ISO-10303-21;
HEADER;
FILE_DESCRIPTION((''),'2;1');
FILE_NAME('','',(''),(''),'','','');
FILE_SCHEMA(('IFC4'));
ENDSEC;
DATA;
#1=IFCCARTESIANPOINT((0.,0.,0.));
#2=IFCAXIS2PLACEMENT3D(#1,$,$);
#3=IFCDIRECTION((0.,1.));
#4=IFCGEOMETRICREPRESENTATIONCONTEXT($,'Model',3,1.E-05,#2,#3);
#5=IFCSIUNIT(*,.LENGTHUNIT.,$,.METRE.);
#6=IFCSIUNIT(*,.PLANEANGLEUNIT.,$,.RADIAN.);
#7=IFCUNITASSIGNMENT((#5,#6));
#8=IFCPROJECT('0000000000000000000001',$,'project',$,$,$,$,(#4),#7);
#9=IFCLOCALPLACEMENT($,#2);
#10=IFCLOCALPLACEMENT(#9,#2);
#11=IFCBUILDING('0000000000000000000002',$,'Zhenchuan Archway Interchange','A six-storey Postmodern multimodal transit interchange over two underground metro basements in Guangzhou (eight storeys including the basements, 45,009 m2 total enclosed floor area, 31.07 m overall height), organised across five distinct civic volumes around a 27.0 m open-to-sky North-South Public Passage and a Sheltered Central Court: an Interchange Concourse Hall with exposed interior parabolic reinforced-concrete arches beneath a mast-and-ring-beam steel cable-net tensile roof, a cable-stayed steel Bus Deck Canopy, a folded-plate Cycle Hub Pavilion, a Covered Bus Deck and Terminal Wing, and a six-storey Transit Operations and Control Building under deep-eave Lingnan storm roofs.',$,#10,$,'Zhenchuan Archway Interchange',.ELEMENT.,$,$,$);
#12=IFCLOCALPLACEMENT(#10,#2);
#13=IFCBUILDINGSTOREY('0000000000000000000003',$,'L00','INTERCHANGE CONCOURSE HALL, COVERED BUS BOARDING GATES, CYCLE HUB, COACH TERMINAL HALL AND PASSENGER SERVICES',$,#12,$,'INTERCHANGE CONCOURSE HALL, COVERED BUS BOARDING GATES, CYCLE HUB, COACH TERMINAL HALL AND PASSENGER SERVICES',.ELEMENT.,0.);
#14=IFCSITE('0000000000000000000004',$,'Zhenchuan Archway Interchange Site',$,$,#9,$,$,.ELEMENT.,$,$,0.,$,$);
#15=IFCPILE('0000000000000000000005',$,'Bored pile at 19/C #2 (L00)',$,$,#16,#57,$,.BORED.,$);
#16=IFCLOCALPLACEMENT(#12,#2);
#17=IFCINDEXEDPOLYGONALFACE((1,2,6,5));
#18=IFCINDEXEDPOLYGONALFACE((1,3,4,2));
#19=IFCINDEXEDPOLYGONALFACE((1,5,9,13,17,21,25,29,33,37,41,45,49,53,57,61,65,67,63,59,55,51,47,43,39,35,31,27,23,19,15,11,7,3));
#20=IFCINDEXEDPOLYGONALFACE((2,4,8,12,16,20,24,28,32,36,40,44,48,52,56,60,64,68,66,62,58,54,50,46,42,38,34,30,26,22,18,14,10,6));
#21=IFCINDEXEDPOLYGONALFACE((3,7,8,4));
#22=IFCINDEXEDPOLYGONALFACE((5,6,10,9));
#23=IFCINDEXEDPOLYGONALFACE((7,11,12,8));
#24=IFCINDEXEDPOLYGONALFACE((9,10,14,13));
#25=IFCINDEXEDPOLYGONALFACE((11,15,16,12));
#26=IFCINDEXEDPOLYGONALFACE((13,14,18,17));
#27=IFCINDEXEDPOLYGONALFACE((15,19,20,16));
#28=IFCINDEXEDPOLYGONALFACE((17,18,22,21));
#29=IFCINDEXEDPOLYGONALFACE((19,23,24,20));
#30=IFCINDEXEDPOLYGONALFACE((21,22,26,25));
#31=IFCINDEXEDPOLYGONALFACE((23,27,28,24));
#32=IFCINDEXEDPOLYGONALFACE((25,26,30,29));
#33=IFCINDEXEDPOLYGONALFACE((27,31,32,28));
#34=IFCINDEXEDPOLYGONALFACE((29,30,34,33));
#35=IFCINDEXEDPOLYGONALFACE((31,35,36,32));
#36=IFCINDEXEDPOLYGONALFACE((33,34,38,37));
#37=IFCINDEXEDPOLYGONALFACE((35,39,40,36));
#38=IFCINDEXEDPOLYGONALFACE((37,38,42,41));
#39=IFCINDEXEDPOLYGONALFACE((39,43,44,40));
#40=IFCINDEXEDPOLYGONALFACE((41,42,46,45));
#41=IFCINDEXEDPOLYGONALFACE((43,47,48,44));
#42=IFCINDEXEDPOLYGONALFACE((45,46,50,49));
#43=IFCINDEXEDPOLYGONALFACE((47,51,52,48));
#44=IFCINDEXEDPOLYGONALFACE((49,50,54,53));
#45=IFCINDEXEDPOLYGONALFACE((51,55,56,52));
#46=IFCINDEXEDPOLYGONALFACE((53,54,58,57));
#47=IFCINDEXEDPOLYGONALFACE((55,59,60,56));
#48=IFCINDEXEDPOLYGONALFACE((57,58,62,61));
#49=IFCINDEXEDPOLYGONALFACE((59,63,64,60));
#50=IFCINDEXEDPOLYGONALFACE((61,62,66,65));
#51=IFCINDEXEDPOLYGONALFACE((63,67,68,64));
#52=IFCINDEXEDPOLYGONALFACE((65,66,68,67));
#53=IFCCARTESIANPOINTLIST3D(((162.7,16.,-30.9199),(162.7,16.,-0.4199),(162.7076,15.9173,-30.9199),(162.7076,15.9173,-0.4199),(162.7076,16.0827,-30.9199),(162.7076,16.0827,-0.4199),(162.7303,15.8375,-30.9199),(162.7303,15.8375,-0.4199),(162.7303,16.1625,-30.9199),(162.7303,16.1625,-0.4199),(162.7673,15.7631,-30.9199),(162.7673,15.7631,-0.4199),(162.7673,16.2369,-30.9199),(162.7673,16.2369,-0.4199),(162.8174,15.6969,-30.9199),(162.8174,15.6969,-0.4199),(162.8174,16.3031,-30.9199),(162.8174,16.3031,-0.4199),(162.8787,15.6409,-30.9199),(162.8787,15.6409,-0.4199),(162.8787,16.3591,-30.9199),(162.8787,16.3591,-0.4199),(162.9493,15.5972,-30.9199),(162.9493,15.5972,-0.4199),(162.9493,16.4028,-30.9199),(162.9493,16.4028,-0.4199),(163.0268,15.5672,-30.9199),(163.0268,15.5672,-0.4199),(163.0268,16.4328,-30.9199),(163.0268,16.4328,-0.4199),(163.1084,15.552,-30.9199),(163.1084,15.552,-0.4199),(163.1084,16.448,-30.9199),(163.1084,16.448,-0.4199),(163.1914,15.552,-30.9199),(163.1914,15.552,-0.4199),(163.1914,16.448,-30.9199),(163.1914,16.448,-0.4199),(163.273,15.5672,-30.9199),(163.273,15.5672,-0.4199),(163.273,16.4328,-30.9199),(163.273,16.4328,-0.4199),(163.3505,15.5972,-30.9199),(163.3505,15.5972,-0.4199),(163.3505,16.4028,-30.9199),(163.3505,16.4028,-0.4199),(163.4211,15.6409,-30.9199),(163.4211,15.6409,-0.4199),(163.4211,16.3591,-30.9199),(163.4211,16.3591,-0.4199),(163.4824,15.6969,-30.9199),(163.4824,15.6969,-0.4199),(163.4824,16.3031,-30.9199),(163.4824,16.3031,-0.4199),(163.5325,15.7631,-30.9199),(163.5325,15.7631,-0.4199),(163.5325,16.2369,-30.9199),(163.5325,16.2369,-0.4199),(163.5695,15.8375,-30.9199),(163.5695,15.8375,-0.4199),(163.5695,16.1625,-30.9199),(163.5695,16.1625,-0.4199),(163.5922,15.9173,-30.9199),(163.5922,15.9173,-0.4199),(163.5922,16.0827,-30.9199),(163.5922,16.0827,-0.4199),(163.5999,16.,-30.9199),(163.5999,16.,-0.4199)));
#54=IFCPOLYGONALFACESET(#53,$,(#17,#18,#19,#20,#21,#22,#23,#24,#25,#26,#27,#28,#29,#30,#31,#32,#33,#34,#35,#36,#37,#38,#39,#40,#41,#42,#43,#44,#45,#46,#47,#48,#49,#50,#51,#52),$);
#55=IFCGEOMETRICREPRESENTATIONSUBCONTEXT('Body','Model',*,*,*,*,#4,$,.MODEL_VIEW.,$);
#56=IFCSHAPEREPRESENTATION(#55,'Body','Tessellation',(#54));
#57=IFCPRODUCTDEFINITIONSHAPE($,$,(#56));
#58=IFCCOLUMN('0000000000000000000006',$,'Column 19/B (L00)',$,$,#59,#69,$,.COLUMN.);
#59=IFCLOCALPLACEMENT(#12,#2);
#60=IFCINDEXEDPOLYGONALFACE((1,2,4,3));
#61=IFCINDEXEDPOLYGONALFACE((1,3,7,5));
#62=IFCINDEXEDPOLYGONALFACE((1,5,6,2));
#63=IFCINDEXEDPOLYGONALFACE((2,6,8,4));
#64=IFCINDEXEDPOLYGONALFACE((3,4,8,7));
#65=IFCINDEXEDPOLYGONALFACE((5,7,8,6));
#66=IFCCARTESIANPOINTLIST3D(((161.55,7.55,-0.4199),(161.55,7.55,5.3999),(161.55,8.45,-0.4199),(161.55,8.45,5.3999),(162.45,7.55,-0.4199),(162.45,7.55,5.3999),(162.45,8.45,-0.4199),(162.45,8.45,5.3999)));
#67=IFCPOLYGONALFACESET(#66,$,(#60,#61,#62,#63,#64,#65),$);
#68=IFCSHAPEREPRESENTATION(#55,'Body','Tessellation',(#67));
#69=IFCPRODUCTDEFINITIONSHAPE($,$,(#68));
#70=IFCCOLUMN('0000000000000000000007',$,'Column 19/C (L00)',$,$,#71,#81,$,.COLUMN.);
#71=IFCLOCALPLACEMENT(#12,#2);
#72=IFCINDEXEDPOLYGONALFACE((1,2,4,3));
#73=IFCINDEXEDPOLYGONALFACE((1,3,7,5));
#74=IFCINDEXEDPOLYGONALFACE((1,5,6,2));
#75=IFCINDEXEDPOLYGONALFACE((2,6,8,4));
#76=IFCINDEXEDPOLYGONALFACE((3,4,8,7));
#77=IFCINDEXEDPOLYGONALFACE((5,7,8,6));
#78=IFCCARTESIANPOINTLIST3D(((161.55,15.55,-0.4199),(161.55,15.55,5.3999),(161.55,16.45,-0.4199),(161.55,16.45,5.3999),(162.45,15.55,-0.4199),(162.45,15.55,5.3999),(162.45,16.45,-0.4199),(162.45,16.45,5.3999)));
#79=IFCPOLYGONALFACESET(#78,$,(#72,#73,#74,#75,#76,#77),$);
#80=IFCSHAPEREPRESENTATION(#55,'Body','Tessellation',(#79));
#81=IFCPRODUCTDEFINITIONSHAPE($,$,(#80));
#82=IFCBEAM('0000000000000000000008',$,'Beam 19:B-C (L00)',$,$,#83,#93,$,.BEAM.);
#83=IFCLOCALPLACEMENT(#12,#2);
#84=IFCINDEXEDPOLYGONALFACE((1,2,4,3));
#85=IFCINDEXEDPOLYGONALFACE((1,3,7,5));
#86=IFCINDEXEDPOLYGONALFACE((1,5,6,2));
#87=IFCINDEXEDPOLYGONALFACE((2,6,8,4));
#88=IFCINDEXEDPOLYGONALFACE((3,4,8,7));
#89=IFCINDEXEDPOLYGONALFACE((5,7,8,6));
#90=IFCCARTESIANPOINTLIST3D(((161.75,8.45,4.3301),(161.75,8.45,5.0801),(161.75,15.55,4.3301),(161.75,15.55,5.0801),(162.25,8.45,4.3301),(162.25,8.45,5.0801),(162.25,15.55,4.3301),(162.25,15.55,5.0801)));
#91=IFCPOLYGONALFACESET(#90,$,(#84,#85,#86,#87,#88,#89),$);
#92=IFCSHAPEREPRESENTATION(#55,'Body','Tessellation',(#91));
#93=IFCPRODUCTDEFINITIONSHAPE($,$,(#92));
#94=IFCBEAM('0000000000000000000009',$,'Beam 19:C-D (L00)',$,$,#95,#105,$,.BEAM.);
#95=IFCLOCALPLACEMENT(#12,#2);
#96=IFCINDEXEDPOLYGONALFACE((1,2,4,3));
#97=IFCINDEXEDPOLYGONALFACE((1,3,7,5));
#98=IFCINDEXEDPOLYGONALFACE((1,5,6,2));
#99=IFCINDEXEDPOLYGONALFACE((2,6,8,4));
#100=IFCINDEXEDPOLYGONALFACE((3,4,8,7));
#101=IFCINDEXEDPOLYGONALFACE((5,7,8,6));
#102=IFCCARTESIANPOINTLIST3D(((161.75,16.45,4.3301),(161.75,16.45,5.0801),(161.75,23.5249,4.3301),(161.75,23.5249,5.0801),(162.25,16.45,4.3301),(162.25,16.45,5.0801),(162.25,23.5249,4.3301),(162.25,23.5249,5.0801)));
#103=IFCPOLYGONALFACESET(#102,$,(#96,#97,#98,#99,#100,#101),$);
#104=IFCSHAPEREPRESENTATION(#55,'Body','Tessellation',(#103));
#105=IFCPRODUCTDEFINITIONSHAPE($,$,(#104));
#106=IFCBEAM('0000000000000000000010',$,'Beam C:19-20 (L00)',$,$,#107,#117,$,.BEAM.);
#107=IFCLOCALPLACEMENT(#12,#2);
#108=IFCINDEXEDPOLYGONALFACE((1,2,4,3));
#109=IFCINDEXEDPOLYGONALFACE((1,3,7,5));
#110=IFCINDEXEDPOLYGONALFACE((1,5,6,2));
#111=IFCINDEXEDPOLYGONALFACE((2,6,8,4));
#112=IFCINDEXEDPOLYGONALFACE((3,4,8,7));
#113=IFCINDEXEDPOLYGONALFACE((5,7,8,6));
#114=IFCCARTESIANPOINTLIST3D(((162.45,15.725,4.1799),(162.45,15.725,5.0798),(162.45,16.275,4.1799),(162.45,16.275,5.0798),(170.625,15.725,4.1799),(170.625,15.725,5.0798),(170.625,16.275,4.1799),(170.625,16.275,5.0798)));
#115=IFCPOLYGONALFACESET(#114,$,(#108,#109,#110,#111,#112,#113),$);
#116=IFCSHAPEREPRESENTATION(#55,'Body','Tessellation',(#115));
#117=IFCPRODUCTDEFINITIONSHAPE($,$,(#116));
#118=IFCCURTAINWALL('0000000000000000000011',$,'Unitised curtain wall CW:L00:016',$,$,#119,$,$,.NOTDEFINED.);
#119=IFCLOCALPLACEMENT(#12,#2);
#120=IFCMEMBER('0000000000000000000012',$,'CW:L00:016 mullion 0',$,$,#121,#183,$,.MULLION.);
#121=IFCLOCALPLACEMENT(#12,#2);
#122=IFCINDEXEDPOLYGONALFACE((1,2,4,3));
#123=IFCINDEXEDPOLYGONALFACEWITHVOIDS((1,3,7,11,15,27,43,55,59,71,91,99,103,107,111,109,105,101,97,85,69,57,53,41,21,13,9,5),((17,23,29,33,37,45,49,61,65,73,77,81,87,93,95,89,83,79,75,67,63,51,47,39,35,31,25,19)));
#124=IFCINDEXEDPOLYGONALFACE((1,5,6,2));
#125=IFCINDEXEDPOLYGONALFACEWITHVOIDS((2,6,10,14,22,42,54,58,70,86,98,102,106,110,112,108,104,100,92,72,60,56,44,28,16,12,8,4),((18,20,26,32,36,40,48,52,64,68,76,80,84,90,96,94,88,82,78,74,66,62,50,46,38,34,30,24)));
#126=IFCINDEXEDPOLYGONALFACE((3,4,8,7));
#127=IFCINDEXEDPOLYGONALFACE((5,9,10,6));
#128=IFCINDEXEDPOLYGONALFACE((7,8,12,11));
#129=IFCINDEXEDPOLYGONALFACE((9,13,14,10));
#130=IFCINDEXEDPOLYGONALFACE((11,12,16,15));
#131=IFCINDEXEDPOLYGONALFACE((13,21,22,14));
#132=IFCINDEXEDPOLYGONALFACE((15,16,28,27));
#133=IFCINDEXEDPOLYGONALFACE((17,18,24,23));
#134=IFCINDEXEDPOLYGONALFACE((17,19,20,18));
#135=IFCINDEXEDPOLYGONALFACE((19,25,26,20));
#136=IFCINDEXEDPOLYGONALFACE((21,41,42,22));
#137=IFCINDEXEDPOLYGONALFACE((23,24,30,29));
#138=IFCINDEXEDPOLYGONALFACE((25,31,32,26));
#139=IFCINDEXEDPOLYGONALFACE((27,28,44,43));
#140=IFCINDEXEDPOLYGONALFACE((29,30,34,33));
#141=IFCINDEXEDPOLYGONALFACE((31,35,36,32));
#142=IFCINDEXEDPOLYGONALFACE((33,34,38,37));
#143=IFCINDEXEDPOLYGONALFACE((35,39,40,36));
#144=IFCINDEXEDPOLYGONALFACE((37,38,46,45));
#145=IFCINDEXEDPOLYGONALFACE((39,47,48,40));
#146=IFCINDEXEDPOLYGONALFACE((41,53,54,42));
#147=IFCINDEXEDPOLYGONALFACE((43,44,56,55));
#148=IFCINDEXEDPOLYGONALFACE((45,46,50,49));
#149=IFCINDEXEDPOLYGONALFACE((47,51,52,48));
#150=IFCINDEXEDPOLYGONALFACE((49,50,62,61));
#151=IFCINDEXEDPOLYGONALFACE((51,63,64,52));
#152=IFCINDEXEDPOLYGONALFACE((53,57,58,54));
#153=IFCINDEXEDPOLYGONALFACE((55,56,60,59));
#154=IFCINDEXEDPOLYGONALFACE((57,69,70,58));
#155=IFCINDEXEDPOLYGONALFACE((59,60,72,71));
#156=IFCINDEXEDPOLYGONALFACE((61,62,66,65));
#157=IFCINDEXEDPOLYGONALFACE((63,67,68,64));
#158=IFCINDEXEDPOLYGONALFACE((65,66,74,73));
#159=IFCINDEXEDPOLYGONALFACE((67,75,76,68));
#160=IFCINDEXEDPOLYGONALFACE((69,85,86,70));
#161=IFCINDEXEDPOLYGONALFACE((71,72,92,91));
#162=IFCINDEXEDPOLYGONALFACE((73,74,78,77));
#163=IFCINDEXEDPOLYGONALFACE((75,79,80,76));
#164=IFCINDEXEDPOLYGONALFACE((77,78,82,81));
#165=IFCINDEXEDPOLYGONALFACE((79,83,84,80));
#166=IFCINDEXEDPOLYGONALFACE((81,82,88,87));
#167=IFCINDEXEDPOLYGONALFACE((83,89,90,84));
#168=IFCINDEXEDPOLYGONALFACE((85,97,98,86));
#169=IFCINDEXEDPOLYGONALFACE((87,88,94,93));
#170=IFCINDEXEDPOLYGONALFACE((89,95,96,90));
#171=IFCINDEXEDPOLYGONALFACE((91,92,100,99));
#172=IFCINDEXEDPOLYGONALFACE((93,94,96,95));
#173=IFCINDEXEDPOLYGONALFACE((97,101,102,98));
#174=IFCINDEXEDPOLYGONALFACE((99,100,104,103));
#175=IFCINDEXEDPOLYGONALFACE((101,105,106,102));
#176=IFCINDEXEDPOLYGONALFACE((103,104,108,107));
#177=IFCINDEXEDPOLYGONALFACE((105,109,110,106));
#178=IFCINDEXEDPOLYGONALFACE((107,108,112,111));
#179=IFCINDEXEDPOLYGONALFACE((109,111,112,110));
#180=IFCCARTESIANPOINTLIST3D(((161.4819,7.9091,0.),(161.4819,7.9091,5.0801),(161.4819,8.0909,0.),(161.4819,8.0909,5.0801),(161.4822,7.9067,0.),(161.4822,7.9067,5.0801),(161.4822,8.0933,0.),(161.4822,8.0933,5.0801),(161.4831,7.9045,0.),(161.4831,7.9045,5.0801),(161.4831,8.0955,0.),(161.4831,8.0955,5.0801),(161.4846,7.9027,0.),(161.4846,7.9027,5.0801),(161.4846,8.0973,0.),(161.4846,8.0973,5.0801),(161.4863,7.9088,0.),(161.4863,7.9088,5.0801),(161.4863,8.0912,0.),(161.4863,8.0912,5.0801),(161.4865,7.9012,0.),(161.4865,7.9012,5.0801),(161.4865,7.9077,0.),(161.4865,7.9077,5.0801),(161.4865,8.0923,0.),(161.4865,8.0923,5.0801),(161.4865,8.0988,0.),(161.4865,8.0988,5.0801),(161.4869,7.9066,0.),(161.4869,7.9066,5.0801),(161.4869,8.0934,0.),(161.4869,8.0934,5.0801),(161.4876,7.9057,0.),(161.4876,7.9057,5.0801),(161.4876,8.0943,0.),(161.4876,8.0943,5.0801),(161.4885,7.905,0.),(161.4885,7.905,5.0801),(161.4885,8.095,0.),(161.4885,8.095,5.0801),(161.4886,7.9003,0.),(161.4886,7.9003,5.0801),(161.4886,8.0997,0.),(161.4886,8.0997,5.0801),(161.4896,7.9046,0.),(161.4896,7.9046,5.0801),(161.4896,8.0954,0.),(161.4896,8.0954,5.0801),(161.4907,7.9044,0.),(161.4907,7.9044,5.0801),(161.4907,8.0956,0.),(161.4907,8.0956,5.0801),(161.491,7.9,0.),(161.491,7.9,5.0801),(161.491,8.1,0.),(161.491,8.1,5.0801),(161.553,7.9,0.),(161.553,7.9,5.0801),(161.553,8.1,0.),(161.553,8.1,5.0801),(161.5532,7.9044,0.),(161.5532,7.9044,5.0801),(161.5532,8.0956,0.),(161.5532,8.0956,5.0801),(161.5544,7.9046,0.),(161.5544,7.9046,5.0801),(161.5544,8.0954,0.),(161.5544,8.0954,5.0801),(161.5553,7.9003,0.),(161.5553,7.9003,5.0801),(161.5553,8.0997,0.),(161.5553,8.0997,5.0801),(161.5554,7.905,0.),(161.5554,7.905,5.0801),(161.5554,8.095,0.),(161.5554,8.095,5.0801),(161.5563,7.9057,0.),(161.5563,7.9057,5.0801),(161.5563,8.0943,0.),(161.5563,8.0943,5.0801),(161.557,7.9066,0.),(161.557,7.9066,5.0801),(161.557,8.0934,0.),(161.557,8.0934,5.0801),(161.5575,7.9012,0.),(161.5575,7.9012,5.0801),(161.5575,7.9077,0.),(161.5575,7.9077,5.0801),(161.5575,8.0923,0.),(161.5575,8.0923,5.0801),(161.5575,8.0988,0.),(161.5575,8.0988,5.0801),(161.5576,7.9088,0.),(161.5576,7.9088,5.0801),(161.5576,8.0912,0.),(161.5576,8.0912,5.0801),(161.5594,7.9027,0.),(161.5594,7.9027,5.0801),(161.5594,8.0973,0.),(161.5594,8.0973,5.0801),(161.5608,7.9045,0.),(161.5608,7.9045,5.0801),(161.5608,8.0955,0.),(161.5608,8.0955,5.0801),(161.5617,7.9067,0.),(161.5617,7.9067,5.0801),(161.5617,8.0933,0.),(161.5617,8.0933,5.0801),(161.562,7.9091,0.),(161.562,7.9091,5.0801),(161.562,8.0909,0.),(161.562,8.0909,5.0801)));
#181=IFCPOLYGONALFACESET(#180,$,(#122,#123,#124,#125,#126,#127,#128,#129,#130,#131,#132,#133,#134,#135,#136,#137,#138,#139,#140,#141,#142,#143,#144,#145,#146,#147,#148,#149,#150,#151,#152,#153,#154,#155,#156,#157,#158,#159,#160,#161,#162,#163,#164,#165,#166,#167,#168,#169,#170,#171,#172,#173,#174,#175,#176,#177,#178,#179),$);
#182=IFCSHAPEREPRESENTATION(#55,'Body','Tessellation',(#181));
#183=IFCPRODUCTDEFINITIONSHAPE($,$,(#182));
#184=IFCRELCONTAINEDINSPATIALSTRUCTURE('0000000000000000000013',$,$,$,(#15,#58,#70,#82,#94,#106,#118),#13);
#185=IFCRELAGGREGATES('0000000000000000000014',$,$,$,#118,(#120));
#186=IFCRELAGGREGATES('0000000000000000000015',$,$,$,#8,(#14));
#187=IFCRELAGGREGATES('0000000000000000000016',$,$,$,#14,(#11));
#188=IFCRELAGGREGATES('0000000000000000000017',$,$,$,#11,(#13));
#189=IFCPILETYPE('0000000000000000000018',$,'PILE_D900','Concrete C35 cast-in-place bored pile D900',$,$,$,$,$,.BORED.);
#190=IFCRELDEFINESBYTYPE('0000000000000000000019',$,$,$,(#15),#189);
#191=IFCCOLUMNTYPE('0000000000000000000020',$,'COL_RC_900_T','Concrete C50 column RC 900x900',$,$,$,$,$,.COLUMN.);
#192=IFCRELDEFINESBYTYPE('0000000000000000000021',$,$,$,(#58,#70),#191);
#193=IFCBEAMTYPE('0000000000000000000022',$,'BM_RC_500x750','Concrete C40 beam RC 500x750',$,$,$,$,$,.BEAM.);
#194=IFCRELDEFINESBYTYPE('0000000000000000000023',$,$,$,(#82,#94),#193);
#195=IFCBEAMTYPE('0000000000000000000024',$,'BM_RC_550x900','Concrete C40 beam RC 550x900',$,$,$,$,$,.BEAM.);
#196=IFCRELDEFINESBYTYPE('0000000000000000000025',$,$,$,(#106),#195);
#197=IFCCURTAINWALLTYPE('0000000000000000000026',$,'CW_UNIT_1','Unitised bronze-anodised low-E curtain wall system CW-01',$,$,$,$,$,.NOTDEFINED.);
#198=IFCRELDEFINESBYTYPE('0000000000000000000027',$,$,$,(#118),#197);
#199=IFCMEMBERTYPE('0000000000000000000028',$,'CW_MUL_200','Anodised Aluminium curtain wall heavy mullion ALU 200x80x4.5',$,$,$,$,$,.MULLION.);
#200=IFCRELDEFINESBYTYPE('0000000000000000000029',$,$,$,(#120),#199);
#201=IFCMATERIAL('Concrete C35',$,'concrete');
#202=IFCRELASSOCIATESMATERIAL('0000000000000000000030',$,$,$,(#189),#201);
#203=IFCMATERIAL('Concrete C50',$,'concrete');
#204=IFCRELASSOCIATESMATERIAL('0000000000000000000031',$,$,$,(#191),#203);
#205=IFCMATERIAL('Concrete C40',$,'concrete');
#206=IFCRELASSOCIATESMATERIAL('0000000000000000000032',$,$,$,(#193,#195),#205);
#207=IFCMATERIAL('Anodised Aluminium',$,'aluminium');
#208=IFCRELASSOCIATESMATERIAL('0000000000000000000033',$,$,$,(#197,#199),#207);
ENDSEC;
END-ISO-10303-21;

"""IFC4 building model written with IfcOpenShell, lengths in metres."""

from ifc_helpers import new_model, si_unit, direction, frame, origin, origin_2d, place, context, subcontext, project, spatial, rectangle, hollow_rectangle, circle, extrude, material, material_profile, profile_set, type_object, element, aggregate, save


model = new_model("IFC4")

# Units and contexts
model_context = context("Model", 3, precision=1e-05, world=origin(), true_north=direction((0.0, 1.0)))
body_context = subcontext(model_context, "Body", "Model", "MODEL_VIEW")
ifc_project = project(units=[si_unit("LENGTHUNIT", "METRE"), si_unit("PLANEANGLEUNIT", "RADIAN")], contexts=[model_context])

# Site, building, storey
site_placement = place(None, origin())
site = spatial("IfcSite", under=ifc_project, at=site_placement, Name="Zhenchuan Archway Interchange Site", CompositionType="ELEMENT", RefElevation=0.0)
building_placement = place(site_placement, origin())
building = spatial("IfcBuilding", under=site, at=building_placement, Name="Zhenchuan Archway Interchange", Description="A six-storey Postmodern multimodal transit interchange over two underground metro basements in Guangzhou (eight storeys including the basements, 45,009 m2 total enclosed floor area, 31.07 m overall height), organised across five distinct civic volumes around a 27.0 m open-to-sky North-South Public Passage and a Sheltered Central Court: an Interchange Concourse Hall with exposed interior parabolic reinforced-concrete arches beneath a mast-and-ring-beam steel cable-net tensile roof, a cable-stayed steel Bus Deck Canopy, a folded-plate Cycle Hub Pavilion, a Covered Bus Deck and Terminal Wing, and a six-storey Transit Operations and Control Building under deep-eave Lingnan storm roofs.", LongName="Zhenchuan Archway Interchange", CompositionType="ELEMENT")
storey_placement = place(building_placement, origin())
storey = spatial("IfcBuildingStorey", under=building, at=storey_placement, Name="L00", Description="INTERCHANGE CONCOURSE HALL, COVERED BUS BOARDING GATES, CYCLE HUB, COACH TERMINAL HALL AND PASSENGER SERVICES", LongName="INTERCHANGE CONCOURSE HALL, COVERED BUS BOARDING GATES, CYCLE HUB, COACH TERMINAL HALL AND PASSENGER SERVICES", CompositionType="ELEMENT", Elevation=0.0)

# Shared definitions
ifc_material_1 = material(Name="Concrete C40", Category="concrete")

# Pile
ifc_material_2 = material(Name="Concrete C35", Category="concrete")
ifc_material_profile_1 = material_profile(ifc_material_2, circle(Radius=0.45, at=origin_2d()), Name="BORED PILE 900")
ifc_profile_set_1 = profile_set([ifc_material_profile_1], Name="Concrete C35")
pile_type = type_object("IfcPileType", Name="PILE_D900", Description="Concrete C35 cast-in-place bored pile D900", PredefinedType="BORED", material=ifc_profile_set_1)
for number, where, z_axis, x_axis, name in (
    (1, (163.1499, 16.0, -0.4199), (0.0, 0.0, -1.0), (1.0, 0.0, 0.0), "Bored pile at 19/C #2 (L00)"),
):
    element("IfcPile", number, at=place(storey_placement, frame(where, z_axis=z_axis, x_axis=x_axis)), inside=storey, type_object=pile_type, Name=name, PredefinedType="BORED", context=body_context, shape_type="SweptSolid", body=[
        extrude(circle(Radius=0.45, at=origin_2d()), origin(), (0.0, 0.0, 1.0), 30.5),
    ])

# Columns
ifc_material_3 = material(Name="Concrete C50", Category="concrete")
ifc_material_profile_2 = material_profile(ifc_material_3, rectangle(XDim=0.8999, YDim=0.8999, at=origin_2d()), Name="RC 900x900")
ifc_profile_set_2 = profile_set([ifc_material_profile_2], Name="Concrete C50")
column_type = type_object("IfcColumnType", Name="COL_RC_900_T", Description="Concrete C50 column RC 900x900", PredefinedType="COLUMN", material=ifc_profile_set_2)
for number, where, z_axis, x_axis, name in (
    (2, (162.0, 8.0, -0.4199), (0.0, 0.0, 1.0), (1.0, 0.0, 0.0), "Column 19/B (L00)"),
    (3, (162.0, 16.0, -0.4199), (0.0, 0.0, 1.0), (1.0, 0.0, 0.0), "Column 19/C (L00)"),
):
    element("IfcColumn", number, at=place(storey_placement, frame(where, z_axis=z_axis, x_axis=x_axis)), inside=storey, type_object=column_type, Name=name, PredefinedType="COLUMN", context=body_context, shape_type="SweptSolid", body=[
        extrude(rectangle(XDim=0.8999, YDim=0.8999, at=origin_2d()), origin(), (0.0, 0.0, 1.0), 5.8198),
    ])

# Beams
ifc_material_profile_3 = material_profile(ifc_material_1, rectangle(XDim=0.5, YDim=0.75, at=origin_2d()), Name="RC 500x750")
ifc_profile_set_3 = profile_set([ifc_material_profile_3], Name="Concrete C40")
beam_type_1 = type_object("IfcBeamType", Name="BM_RC_500x750", Description="Concrete C40 beam RC 500x750", PredefinedType="BEAM", material=ifc_profile_set_3)
beam_1_placement = place(storey_placement, frame((162.0, 8.45, 4.7051), z_axis=(0.0, 1.0, 0.0), x_axis=(-1.0, 0.0, 0.0)))
element("IfcBeam", 4, at=beam_1_placement, inside=storey, type_object=beam_type_1, Name="Beam 19:B-C (L00)", PredefinedType="BEAM", context=body_context, shape_type="SweptSolid", body=[
    extrude(rectangle(XDim=0.5, YDim=0.75, at=origin_2d()), origin(), (0.0, 0.0, 1.0), 7.1001),
])
beam_2_placement = place(storey_placement, frame((162.0, 16.45, 4.7051), z_axis=(0.0, 1.0, 0.0), x_axis=(-1.0, 0.0, 0.0)))
element("IfcBeam", 5, at=beam_2_placement, inside=storey, type_object=beam_type_1, Name="Beam 19:C-D (L00)", PredefinedType="BEAM", context=body_context, shape_type="SweptSolid", body=[
    extrude(rectangle(XDim=0.5, YDim=0.75, at=origin_2d()), origin(), (0.0, 0.0, 1.0), 7.075),
])
ifc_material_profile_4 = material_profile(ifc_material_1, rectangle(XDim=0.55, YDim=0.8999, at=origin_2d()), Name="RC 550x900")
ifc_profile_set_4 = profile_set([ifc_material_profile_4], Name="Concrete C40")
beam_type_2 = type_object("IfcBeamType", Name="BM_RC_550x900", Description="Concrete C40 beam RC 550x900", PredefinedType="BEAM", material=ifc_profile_set_4)
beam_3_placement = place(storey_placement, frame((162.45, 16.0, 4.6299), z_axis=(1.0, 0.0, 0.0), x_axis=(0.0, 1.0, 0.0)))
element("IfcBeam", 6, at=beam_3_placement, inside=storey, type_object=beam_type_2, Name="Beam C:19-20 (L00)", PredefinedType="BEAM", context=body_context, shape_type="SweptSolid", body=[
    extrude(rectangle(XDim=0.55, YDim=0.8999, at=origin_2d()), origin(), (0.0, 0.0, 1.0), 8.175),
])

# Curtain wall, member
ifc_material_4 = material(Name="Anodised Aluminium", Category="aluminium")
curtain_wall_type = type_object("IfcCurtainWallType", Name="CW_UNIT_1", Description="Unitised bronze-anodised low-E curtain wall system CW-01", PredefinedType="NOTDEFINED", material=ifc_material_4)
curtain_wall_placement = place(storey_placement, origin())
curtain_wall = element("IfcCurtainWall", 7, at=curtain_wall_placement, inside=storey, type_object=curtain_wall_type, Name="Unitised curtain wall CW:L00:016", PredefinedType="NOTDEFINED")
ifc_material_profile_5 = material_profile(ifc_material_4, hollow_rectangle(XDim=0.0801, YDim=0.2, WallThickness=0.0044, InnerFilletRadius=0.0044, OuterFilletRadius=0.009, at=origin_2d()), Name="ALU 200x80x4.5")
ifc_profile_set_5 = profile_set([ifc_material_profile_5], Name="Anodised Aluminium")
member_type_1 = type_object("IfcMemberType", Name="CW_MUL_200", Description="Anodised Aluminium curtain wall heavy mullion ALU 200x80x4.5", PredefinedType="MULLION", material=ifc_profile_set_5)
member_1_placement = place(storey_placement, frame((161.522, 8.0, 0.0), z_axis=(0.0, 0.0, 1.0), x_axis=(1.0, 0.0, 0.0)))
member_1 = element("IfcMember", 8, at=member_1_placement, type_object=member_type_1, Name="CW:L00:016 mullion 0", PredefinedType="MULLION", context=body_context, shape_type="SweptSolid", body=[
    extrude(hollow_rectangle(XDim=0.0801, YDim=0.2, WallThickness=0.0044, InnerFilletRadius=0.0044, OuterFilletRadius=0.009, at=origin_2d()), origin(), (0.0, 0.0, 1.0), 5.0801),
])

aggregate(curtain_wall, [member_1])

save(model, "model.ifc")
